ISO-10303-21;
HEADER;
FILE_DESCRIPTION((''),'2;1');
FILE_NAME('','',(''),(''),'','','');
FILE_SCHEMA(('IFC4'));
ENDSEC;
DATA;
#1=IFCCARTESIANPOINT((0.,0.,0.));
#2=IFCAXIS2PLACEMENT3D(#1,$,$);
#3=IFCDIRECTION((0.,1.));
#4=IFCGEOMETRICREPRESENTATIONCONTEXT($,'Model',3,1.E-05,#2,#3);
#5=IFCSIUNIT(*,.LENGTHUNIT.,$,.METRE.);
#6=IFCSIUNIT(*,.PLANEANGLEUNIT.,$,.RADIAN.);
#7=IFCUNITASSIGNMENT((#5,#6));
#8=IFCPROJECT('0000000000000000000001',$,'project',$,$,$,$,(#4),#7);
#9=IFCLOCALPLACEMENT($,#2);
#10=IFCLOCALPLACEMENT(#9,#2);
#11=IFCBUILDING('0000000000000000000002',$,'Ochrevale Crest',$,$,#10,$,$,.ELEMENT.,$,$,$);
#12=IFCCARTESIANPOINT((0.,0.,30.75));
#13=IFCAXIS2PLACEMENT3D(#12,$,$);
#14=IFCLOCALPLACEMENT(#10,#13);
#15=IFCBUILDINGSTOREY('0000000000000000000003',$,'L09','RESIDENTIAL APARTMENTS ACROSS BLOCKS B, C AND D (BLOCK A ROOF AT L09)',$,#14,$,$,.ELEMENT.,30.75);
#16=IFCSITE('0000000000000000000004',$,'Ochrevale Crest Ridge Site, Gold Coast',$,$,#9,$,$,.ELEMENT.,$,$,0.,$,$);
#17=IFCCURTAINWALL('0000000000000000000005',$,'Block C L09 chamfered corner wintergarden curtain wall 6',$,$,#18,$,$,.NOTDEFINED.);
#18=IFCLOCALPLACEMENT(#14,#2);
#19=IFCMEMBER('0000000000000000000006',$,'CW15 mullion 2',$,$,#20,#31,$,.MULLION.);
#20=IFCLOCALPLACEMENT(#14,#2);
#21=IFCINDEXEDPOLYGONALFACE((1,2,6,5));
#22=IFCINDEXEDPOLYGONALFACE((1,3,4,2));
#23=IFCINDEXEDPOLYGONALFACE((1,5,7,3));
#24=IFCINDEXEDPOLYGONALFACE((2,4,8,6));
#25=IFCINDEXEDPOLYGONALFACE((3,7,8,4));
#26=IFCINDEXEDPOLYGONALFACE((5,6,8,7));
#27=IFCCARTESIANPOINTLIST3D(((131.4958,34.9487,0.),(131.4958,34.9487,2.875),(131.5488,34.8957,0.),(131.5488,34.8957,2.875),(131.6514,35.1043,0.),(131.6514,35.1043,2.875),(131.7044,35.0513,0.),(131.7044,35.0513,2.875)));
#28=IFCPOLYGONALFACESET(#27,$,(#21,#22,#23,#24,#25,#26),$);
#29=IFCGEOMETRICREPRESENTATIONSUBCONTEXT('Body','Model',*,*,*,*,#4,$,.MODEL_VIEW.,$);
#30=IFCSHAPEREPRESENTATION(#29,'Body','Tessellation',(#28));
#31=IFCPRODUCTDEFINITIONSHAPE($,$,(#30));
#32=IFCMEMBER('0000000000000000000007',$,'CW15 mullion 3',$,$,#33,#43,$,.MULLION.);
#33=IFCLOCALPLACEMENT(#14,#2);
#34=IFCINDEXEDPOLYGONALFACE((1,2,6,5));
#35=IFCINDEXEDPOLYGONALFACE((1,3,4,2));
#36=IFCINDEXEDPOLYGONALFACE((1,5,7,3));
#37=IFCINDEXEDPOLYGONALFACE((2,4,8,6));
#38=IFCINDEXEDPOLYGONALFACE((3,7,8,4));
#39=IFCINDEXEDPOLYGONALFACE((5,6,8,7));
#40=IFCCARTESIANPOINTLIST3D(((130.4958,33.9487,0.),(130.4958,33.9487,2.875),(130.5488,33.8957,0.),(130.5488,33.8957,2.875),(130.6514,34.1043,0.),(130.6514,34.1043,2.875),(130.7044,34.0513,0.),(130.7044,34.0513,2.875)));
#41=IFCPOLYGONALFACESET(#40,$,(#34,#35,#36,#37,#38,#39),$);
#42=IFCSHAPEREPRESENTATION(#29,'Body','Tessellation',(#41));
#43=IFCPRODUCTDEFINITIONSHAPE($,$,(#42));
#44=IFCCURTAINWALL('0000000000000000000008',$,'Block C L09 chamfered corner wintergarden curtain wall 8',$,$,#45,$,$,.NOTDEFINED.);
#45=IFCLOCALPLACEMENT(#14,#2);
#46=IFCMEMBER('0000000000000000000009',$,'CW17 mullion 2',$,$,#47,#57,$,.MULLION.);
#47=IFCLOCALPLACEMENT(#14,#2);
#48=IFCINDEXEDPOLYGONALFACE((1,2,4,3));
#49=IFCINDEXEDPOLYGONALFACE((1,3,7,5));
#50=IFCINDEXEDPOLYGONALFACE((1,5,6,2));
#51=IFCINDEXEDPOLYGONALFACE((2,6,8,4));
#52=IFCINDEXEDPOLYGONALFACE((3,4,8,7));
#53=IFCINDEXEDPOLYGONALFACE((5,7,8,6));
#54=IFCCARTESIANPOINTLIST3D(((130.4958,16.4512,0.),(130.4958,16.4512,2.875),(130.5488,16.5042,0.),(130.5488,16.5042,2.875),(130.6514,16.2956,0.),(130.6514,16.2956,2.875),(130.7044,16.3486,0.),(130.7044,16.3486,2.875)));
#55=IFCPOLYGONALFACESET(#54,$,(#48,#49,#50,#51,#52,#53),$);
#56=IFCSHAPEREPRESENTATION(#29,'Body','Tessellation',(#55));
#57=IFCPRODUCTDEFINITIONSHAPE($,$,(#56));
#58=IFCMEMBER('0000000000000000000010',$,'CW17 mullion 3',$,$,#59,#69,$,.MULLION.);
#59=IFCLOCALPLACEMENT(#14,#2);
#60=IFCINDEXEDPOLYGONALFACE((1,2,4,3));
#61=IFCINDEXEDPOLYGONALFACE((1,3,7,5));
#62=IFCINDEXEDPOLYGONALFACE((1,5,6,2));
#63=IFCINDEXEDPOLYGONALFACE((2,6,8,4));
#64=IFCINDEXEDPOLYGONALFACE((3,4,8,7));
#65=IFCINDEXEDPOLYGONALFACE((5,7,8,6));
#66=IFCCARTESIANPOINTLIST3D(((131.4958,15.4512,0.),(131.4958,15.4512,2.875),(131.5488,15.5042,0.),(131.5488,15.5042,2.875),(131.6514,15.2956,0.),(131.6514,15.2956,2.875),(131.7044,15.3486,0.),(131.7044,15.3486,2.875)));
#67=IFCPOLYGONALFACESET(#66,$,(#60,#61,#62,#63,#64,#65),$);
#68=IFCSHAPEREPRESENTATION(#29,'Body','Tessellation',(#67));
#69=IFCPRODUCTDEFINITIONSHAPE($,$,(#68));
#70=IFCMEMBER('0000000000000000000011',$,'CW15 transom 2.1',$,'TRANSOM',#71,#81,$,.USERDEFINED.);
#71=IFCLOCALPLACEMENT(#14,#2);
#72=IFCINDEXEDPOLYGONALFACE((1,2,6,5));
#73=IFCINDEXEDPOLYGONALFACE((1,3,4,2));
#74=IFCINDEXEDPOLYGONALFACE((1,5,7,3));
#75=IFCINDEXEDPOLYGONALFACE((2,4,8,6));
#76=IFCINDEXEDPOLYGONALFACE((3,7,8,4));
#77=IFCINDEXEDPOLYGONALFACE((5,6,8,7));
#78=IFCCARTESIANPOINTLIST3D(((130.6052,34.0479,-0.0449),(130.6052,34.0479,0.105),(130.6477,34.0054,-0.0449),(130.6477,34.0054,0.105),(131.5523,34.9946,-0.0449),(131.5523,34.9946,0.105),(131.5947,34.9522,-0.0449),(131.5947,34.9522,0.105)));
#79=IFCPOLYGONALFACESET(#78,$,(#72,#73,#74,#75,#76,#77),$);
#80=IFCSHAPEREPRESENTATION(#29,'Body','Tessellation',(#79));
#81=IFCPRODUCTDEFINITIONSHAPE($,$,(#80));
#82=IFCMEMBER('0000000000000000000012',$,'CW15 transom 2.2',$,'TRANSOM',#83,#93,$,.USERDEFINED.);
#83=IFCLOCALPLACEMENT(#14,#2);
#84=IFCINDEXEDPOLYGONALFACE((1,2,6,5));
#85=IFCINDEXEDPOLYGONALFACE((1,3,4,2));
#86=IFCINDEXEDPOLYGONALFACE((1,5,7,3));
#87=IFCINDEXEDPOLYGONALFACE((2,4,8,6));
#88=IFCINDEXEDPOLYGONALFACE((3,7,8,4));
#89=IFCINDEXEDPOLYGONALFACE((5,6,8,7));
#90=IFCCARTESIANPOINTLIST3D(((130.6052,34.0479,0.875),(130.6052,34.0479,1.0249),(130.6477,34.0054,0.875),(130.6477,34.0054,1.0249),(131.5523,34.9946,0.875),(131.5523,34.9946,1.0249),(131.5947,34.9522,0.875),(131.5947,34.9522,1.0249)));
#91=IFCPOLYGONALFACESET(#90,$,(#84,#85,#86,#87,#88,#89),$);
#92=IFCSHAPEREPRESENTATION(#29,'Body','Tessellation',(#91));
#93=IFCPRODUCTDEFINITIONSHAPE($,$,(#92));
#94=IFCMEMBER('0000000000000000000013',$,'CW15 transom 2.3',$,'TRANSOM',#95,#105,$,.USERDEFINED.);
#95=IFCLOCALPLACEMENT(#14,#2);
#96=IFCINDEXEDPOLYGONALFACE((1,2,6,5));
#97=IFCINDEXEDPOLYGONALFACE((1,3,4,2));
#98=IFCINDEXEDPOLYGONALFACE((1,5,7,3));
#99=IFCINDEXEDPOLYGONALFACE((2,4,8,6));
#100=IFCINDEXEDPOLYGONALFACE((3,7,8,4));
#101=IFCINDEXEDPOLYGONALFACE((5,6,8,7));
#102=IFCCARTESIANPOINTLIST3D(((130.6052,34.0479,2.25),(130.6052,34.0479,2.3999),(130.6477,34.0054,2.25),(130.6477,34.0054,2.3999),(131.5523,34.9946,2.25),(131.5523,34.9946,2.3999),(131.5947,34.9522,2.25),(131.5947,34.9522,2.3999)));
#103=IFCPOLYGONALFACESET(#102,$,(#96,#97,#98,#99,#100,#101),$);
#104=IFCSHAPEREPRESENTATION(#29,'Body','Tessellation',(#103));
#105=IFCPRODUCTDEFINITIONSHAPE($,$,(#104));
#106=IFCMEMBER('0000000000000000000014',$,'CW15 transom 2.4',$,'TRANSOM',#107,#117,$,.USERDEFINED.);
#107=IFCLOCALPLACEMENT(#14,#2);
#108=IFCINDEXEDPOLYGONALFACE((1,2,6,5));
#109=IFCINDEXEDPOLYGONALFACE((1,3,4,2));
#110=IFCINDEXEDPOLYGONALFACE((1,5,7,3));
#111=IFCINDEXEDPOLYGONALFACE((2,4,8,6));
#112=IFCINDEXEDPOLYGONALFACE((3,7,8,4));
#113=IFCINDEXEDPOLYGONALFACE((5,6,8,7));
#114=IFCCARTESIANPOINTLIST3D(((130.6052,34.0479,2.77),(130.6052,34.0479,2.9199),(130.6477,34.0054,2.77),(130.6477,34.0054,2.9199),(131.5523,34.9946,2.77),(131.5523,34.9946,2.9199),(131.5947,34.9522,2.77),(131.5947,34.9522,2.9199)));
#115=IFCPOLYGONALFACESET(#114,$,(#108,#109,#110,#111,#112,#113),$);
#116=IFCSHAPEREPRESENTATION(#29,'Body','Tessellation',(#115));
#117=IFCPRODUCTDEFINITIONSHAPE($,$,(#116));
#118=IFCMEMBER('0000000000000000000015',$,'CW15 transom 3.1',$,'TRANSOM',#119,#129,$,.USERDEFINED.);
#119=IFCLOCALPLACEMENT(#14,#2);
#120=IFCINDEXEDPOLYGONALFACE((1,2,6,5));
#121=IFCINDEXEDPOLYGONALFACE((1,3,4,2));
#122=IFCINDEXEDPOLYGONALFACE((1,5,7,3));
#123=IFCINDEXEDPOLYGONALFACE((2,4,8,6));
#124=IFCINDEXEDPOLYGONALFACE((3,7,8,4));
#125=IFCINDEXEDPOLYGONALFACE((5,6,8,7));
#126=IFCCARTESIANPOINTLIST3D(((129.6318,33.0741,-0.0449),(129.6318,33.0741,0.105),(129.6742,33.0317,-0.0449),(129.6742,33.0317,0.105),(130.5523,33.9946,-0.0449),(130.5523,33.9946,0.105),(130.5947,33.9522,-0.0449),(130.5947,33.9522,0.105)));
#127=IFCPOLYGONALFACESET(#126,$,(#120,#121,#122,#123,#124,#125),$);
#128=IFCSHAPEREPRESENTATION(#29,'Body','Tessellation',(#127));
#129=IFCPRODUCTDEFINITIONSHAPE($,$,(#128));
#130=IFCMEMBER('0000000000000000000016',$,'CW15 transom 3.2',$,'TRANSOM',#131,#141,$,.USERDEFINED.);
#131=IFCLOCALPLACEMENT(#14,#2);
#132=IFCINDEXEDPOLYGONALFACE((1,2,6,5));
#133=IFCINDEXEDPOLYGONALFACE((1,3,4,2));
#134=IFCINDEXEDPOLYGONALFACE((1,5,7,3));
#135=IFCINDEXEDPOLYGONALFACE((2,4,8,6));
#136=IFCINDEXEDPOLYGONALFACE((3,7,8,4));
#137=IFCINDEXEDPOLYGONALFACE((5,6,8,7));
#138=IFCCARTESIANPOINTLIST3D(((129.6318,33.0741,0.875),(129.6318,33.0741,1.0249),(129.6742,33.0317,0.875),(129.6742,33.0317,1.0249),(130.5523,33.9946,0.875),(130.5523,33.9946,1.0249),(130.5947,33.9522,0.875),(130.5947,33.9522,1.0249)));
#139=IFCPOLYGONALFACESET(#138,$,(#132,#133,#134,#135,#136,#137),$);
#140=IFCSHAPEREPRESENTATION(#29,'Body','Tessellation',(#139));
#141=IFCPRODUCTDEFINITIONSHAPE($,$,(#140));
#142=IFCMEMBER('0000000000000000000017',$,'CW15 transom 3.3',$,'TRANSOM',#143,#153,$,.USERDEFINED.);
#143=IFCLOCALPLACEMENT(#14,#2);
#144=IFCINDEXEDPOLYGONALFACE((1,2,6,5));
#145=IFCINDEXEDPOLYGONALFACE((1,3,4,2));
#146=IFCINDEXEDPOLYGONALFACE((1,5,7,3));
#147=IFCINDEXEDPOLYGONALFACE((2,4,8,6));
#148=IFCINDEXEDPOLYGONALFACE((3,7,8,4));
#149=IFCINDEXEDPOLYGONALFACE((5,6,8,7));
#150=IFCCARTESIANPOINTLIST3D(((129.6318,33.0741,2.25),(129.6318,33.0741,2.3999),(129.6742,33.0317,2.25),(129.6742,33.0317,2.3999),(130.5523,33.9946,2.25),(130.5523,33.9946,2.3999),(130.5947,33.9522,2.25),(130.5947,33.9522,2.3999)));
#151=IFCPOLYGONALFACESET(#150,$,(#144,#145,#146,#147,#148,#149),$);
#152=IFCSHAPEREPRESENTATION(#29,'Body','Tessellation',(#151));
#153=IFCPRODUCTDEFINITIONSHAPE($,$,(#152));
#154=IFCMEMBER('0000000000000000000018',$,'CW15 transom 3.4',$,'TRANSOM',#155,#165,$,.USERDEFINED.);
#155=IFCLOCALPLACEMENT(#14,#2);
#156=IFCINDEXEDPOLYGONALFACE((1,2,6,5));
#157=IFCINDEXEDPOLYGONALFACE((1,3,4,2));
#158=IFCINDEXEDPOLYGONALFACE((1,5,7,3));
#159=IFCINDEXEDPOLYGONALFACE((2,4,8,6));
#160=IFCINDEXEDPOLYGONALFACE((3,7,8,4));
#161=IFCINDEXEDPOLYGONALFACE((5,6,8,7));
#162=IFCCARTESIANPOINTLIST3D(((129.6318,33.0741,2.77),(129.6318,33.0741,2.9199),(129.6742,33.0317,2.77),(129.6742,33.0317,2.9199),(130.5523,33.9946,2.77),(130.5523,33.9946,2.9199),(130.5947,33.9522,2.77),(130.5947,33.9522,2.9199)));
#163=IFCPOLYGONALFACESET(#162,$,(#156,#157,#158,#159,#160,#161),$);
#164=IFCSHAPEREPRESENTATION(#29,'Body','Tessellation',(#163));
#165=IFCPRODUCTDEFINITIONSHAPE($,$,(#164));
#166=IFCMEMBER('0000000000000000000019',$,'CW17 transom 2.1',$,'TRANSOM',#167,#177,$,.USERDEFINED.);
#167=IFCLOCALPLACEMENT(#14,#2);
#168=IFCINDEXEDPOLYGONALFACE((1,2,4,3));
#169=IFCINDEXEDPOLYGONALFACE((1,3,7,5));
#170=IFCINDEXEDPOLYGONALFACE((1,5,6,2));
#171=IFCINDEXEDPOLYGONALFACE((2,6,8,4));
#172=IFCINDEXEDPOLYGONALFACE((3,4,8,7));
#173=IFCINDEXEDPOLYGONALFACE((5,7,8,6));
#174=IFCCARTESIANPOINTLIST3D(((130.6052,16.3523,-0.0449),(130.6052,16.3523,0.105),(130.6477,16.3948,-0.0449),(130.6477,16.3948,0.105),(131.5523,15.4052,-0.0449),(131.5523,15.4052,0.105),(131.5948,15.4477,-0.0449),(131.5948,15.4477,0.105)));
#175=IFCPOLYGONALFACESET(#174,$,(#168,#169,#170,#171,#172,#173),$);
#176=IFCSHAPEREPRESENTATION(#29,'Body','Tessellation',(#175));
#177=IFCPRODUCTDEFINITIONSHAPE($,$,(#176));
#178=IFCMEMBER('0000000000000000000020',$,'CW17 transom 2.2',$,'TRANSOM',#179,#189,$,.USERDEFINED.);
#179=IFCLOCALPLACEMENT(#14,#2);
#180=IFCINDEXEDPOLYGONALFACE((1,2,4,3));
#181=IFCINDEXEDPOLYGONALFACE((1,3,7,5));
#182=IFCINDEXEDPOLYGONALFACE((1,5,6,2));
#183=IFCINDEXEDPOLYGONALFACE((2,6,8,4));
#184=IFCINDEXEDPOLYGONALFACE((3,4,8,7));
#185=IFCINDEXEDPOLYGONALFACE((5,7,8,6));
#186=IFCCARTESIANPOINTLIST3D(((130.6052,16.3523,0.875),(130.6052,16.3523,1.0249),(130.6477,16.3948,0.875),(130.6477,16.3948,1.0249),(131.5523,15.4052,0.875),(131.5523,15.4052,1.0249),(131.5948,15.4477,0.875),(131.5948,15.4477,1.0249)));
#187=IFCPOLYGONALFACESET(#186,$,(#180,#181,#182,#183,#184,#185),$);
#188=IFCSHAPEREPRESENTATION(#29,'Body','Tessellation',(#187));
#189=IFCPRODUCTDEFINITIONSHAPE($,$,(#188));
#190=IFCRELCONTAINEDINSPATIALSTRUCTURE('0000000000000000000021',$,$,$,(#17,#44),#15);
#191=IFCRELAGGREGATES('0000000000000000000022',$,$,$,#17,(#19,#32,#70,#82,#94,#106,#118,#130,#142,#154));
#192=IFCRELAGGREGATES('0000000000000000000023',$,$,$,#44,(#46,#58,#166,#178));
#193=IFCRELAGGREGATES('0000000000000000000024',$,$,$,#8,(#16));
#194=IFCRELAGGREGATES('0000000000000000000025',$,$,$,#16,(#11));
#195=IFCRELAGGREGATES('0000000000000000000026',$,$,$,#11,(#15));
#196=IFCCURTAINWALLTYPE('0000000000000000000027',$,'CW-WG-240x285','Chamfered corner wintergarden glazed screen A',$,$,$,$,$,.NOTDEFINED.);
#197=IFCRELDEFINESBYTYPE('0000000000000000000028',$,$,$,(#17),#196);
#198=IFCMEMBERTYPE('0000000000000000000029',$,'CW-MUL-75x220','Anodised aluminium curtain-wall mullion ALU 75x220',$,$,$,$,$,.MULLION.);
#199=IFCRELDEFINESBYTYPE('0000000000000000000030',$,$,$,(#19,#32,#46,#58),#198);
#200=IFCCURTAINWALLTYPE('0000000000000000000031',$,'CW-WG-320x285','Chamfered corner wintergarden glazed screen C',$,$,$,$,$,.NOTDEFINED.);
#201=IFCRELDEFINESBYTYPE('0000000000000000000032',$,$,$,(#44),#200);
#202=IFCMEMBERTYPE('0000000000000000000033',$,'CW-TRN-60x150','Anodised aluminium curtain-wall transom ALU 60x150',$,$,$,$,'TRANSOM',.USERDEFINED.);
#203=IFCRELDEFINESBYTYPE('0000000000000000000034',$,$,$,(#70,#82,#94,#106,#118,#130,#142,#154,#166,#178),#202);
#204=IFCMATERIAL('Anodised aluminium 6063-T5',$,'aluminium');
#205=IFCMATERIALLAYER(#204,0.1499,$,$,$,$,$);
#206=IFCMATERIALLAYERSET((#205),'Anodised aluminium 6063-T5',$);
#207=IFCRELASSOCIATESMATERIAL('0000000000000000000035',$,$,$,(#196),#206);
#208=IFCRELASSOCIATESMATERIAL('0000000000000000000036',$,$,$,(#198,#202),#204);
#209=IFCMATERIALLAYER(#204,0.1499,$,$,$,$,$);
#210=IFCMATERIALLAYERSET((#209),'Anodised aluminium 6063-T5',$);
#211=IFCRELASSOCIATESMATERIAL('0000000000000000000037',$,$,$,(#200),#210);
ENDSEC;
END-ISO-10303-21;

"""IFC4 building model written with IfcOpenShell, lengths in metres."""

from ifc_helpers import new_model, si_unit, direction, frame, origin, origin_2d, place, context, subcontext, project, spatial, rectangle, extrude, material, layer, layer_set, material_profile, profile_set, type_object, element, aggregate, save


model = new_model("IFC4")

# Units and contexts
model_context = context("Model", 3, precision=1e-05, world=origin(), true_north=direction((0.0, 1.0)))
body_context = subcontext(model_context, "Body", "Model", "MODEL_VIEW")
ifc_project = project(units=[si_unit("LENGTHUNIT", "METRE"), si_unit("PLANEANGLEUNIT", "RADIAN")], contexts=[model_context])

# Site, building, storey
site_placement = place(None, origin())
site = spatial("IfcSite", under=ifc_project, at=site_placement, Name="Ochrevale Crest Ridge Site, Gold Coast", CompositionType="ELEMENT", RefElevation=0.0)
building_placement = place(site_placement, origin())
building = spatial("IfcBuilding", under=site, at=building_placement, Name="Ochrevale Crest", CompositionType="ELEMENT")
storey_placement = place(building_placement, frame((0.0, 0.0, 30.75)))
storey = spatial("IfcBuildingStorey", under=building, at=storey_placement, Name="L09", Description="RESIDENTIAL APARTMENTS ACROSS BLOCKS B, C AND D (BLOCK A ROOF AT L09)", CompositionType="ELEMENT", Elevation=30.75)

# Curtain walls, members
ifc_material_1 = material(Name="Anodised aluminium 6063-T5", Category="aluminium")
ifc_layer_1 = layer(ifc_material_1, 0.1499)
ifc_layer_set_1 = layer_set([ifc_layer_1], Name="Anodised aluminium 6063-T5")
curtain_wall_type_1 = type_object("IfcCurtainWallType", Name="CW-WG-240x285", Description="Chamfered corner wintergarden glazed screen A", PredefinedType="NOTDEFINED", material=ifc_layer_set_1)
curtain_wall_1_placement = place(storey_placement, origin())
curtain_wall_1 = element("IfcCurtainWall", 1, at=curtain_wall_1_placement, inside=storey, type_object=curtain_wall_type_1, Name="Block C L09 chamfered corner wintergarden curtain wall 6", PredefinedType="NOTDEFINED")
ifc_material_profile_1 = material_profile(ifc_material_1, rectangle(XDim=0.075, YDim=0.22, at=origin_2d()), Name="ALU 75x220")
ifc_profile_set_1 = profile_set([ifc_material_profile_1], Name="Anodised aluminium 6063-T5")
member_type_1 = type_object("IfcMemberType", Name="CW-MUL-75x220", Description="Anodised aluminium curtain-wall mullion ALU 75x220", PredefinedType="MULLION", material=ifc_profile_set_1)
member_1_placement = place(storey_placement, frame((131.6001, 35.0, 0.0), z_axis=(0.0, 0.0, 1.0), x_axis=(0.707107, -0.707107, 0.0)))
member_1 = element("IfcMember", 2, at=member_1_placement, type_object=member_type_1, Name="CW15 mullion 2", PredefinedType="MULLION", context=body_context, shape_type="SweptSolid", body=[
    extrude(rectangle(XDim=0.075, YDim=0.22, at=origin_2d()), origin(), (0.0, 0.0, 1.0), 2.875),
])
member_2_placement = place(storey_placement, frame((130.6001, 34.0, 0.0), z_axis=(0.0, 0.0, 1.0), x_axis=(0.707107, -0.707107, 0.0)))
member_2 = element("IfcMember", 3, at=member_2_placement, type_object=member_type_1, Name="CW15 mullion 3", PredefinedType="MULLION", context=body_context, shape_type="SweptSolid", body=[
    extrude(rectangle(XDim=0.075, YDim=0.22, at=origin_2d()), origin(), (0.0, 0.0, 1.0), 2.875),
])
ifc_layer_2 = layer(ifc_material_1, 0.1499)
ifc_layer_set_2 = layer_set([ifc_layer_2], Name="Anodised aluminium 6063-T5")
curtain_wall_type_2 = type_object("IfcCurtainWallType", Name="CW-WG-320x285", Description="Chamfered corner wintergarden glazed screen C", PredefinedType="NOTDEFINED", material=ifc_layer_set_2)
curtain_wall_2_placement = place(storey_placement, origin())
curtain_wall_2 = element("IfcCurtainWall", 4, at=curtain_wall_2_placement, inside=storey, type_object=curtain_wall_type_2, Name="Block C L09 chamfered corner wintergarden curtain wall 8", PredefinedType="NOTDEFINED")
member_3_placement = place(storey_placement, frame((130.6001, 16.3999, 0.0), z_axis=(0.0, 0.0, 1.0), x_axis=(0.707107, 0.707107, 0.0)))
member_3 = element("IfcMember", 5, at=member_3_placement, type_object=member_type_1, Name="CW17 mullion 2", PredefinedType="MULLION", context=body_context, shape_type="SweptSolid", body=[
    extrude(rectangle(XDim=0.075, YDim=0.22, at=origin_2d()), origin(), (0.0, 0.0, 1.0), 2.875),
])
member_4_placement = place(storey_placement, frame((131.6001, 15.3999, 0.0), z_axis=(0.0, 0.0, 1.0), x_axis=(0.707107, 0.707107, 0.0)))
member_4 = element("IfcMember", 6, at=member_4_placement, type_object=member_type_1, Name="CW17 mullion 3", PredefinedType="MULLION", context=body_context, shape_type="SweptSolid", body=[
    extrude(rectangle(XDim=0.075, YDim=0.22, at=origin_2d()), origin(), (0.0, 0.0, 1.0), 2.875),
])

# Members
ifc_material_profile_2 = material_profile(ifc_material_1, rectangle(XDim=0.0601, YDim=0.1499, at=origin_2d()), Name="ALU 60x150")
ifc_profile_set_2 = profile_set([ifc_material_profile_2], Name="Anodised aluminium 6063-T5")
member_type_2 = type_object("IfcMemberType", Name="CW-TRN-60x150", Description="Anodised aluminium curtain-wall transom ALU 60x150", ElementType="TRANSOM", PredefinedType="USERDEFINED", material=ifc_profile_set_2)
member_5_placement = place(storey_placement, frame((131.5735, 34.9734, 0.03), z_axis=(-0.707198, -0.707016, 0.0), x_axis=(0.707016, -0.707198, 0.0)))
member_5 = element("IfcMember", 7, at=member_5_placement, type_object=member_type_2, Name="CW15 transom 2.1", ObjectType="TRANSOM", PredefinedType="USERDEFINED", context=body_context, shape_type="SweptSolid", body=[
    extrude(rectangle(XDim=0.0601, YDim=0.1499, at=origin_2d()), origin(), (0.0, 0.0, 1.0), 1.3391),
])
member_6_placement = place(storey_placement, frame((131.5735, 34.9734, 0.95), z_axis=(-0.707198, -0.707016, 0.0), x_axis=(0.707016, -0.707198, 0.0)))
member_6 = element("IfcMember", 8, at=member_6_placement, type_object=member_type_2, Name="CW15 transom 2.2", ObjectType="TRANSOM", PredefinedType="USERDEFINED", context=body_context, shape_type="SweptSolid", body=[
    extrude(rectangle(XDim=0.0601, YDim=0.1499, at=origin_2d()), origin(), (0.0, 0.0, 1.0), 1.3391),
])
member_7_placement = place(storey_placement, frame((131.5735, 34.9734, 2.325), z_axis=(-0.707198, -0.707016, 0.0), x_axis=(0.707016, -0.707198, 0.0)))
member_7 = element("IfcMember", 9, at=member_7_placement, type_object=member_type_2, Name="CW15 transom 2.3", ObjectType="TRANSOM", PredefinedType="USERDEFINED", context=body_context, shape_type="SweptSolid", body=[
    extrude(rectangle(XDim=0.0601, YDim=0.1499, at=origin_2d()), origin(), (0.0, 0.0, 1.0), 1.3391),
])
member_8_placement = place(storey_placement, frame((131.5735, 34.9734, 2.845), z_axis=(-0.707198, -0.707016, 0.0), x_axis=(0.707016, -0.707198, 0.0)))
member_8 = element("IfcMember", 10, at=member_8_placement, type_object=member_type_2, Name="CW15 transom 2.4", ObjectType="TRANSOM", PredefinedType="USERDEFINED", context=body_context, shape_type="SweptSolid", body=[
    extrude(rectangle(XDim=0.0601, YDim=0.1499, at=origin_2d()), origin(), (0.0, 0.0, 1.0), 1.3391),
])
member_9_placement = place(storey_placement, frame((130.5735, 33.9734, 0.03), z_axis=(-0.707107, -0.707107, 0.0), x_axis=(0.707107, -0.707107, 0.0)))
member_9 = element("IfcMember", 11, at=member_9_placement, type_object=member_type_2, Name="CW15 transom 3.1", ObjectType="TRANSOM", PredefinedType="USERDEFINED", context=body_context, shape_type="SweptSolid", body=[
    extrude(rectangle(XDim=0.0601, YDim=0.1499, at=origin_2d()), origin(), (0.0, 0.0, 1.0), 1.3018),
])
member_10_placement = place(storey_placement, frame((130.5735, 33.9734, 0.95), z_axis=(-0.707107, -0.707107, 0.0), x_axis=(0.707107, -0.707107, 0.0)))
member_10 = element("IfcMember", 12, at=member_10_placement, type_object=member_type_2, Name="CW15 transom 3.2", ObjectType="TRANSOM", PredefinedType="USERDEFINED", context=body_context, shape_type="SweptSolid", body=[
    extrude(rectangle(XDim=0.0601, YDim=0.1499, at=origin_2d()), origin(), (0.0, 0.0, 1.0), 1.3018),
])
member_11_placement = place(storey_placement, frame((130.5735, 33.9734, 2.325), z_axis=(-0.707107, -0.707107, 0.0), x_axis=(0.707107, -0.707107, 0.0)))
member_11 = element("IfcMember", 13, at=member_11_placement, type_object=member_type_2, Name="CW15 transom 3.3", ObjectType="TRANSOM", PredefinedType="USERDEFINED", context=body_context, shape_type="SweptSolid", body=[
    extrude(rectangle(XDim=0.0601, YDim=0.1499, at=origin_2d()), origin(), (0.0, 0.0, 1.0), 1.3018),
])
member_12_placement = place(storey_placement, frame((130.5735, 33.9734, 2.845), z_axis=(-0.707107, -0.707107, 0.0), x_axis=(0.707107, -0.707107, 0.0)))
member_12 = element("IfcMember", 14, at=member_12_placement, type_object=member_type_2, Name="CW15 transom 3.4", ObjectType="TRANSOM", PredefinedType="USERDEFINED", context=body_context, shape_type="SweptSolid", body=[
    extrude(rectangle(XDim=0.0601, YDim=0.1499, at=origin_2d()), origin(), (0.0, 0.0, 1.0), 1.3018),
])
member_13_placement = place(storey_placement, frame((130.6265, 16.3735, 0.03), z_axis=(0.707107, -0.707107, 0.0), x_axis=(0.707107, 0.707107, 0.0)))
member_13 = element("IfcMember", 15, at=member_13_placement, type_object=member_type_2, Name="CW17 transom 2.1", ObjectType="TRANSOM", PredefinedType="USERDEFINED", context=body_context, shape_type="SweptSolid", body=[
    extrude(rectangle(XDim=0.0601, YDim=0.1499, at=origin_2d()), origin(), (0.0, 0.0, 1.0), 1.3394),
])
member_14_placement = place(storey_placement, frame((130.6265, 16.3735, 0.95), z_axis=(0.707107, -0.707107, 0.0), x_axis=(0.707107, 0.707107, 0.0)))
member_14 = element("IfcMember", 16, at=member_14_placement, type_object=member_type_2, Name="CW17 transom 2.2", ObjectType="TRANSOM", PredefinedType="USERDEFINED", context=body_context, shape_type="SweptSolid", body=[
    extrude(rectangle(XDim=0.0601, YDim=0.1499, at=origin_2d()), origin(), (0.0, 0.0, 1.0), 1.3394),
])

aggregate(curtain_wall_1, [member_1, member_2, member_5, member_6, member_7, member_8, member_9, member_10, member_11, member_12])
aggregate(curtain_wall_2, [member_3, member_4, member_13, member_14])

save(model, "model.ifc")
